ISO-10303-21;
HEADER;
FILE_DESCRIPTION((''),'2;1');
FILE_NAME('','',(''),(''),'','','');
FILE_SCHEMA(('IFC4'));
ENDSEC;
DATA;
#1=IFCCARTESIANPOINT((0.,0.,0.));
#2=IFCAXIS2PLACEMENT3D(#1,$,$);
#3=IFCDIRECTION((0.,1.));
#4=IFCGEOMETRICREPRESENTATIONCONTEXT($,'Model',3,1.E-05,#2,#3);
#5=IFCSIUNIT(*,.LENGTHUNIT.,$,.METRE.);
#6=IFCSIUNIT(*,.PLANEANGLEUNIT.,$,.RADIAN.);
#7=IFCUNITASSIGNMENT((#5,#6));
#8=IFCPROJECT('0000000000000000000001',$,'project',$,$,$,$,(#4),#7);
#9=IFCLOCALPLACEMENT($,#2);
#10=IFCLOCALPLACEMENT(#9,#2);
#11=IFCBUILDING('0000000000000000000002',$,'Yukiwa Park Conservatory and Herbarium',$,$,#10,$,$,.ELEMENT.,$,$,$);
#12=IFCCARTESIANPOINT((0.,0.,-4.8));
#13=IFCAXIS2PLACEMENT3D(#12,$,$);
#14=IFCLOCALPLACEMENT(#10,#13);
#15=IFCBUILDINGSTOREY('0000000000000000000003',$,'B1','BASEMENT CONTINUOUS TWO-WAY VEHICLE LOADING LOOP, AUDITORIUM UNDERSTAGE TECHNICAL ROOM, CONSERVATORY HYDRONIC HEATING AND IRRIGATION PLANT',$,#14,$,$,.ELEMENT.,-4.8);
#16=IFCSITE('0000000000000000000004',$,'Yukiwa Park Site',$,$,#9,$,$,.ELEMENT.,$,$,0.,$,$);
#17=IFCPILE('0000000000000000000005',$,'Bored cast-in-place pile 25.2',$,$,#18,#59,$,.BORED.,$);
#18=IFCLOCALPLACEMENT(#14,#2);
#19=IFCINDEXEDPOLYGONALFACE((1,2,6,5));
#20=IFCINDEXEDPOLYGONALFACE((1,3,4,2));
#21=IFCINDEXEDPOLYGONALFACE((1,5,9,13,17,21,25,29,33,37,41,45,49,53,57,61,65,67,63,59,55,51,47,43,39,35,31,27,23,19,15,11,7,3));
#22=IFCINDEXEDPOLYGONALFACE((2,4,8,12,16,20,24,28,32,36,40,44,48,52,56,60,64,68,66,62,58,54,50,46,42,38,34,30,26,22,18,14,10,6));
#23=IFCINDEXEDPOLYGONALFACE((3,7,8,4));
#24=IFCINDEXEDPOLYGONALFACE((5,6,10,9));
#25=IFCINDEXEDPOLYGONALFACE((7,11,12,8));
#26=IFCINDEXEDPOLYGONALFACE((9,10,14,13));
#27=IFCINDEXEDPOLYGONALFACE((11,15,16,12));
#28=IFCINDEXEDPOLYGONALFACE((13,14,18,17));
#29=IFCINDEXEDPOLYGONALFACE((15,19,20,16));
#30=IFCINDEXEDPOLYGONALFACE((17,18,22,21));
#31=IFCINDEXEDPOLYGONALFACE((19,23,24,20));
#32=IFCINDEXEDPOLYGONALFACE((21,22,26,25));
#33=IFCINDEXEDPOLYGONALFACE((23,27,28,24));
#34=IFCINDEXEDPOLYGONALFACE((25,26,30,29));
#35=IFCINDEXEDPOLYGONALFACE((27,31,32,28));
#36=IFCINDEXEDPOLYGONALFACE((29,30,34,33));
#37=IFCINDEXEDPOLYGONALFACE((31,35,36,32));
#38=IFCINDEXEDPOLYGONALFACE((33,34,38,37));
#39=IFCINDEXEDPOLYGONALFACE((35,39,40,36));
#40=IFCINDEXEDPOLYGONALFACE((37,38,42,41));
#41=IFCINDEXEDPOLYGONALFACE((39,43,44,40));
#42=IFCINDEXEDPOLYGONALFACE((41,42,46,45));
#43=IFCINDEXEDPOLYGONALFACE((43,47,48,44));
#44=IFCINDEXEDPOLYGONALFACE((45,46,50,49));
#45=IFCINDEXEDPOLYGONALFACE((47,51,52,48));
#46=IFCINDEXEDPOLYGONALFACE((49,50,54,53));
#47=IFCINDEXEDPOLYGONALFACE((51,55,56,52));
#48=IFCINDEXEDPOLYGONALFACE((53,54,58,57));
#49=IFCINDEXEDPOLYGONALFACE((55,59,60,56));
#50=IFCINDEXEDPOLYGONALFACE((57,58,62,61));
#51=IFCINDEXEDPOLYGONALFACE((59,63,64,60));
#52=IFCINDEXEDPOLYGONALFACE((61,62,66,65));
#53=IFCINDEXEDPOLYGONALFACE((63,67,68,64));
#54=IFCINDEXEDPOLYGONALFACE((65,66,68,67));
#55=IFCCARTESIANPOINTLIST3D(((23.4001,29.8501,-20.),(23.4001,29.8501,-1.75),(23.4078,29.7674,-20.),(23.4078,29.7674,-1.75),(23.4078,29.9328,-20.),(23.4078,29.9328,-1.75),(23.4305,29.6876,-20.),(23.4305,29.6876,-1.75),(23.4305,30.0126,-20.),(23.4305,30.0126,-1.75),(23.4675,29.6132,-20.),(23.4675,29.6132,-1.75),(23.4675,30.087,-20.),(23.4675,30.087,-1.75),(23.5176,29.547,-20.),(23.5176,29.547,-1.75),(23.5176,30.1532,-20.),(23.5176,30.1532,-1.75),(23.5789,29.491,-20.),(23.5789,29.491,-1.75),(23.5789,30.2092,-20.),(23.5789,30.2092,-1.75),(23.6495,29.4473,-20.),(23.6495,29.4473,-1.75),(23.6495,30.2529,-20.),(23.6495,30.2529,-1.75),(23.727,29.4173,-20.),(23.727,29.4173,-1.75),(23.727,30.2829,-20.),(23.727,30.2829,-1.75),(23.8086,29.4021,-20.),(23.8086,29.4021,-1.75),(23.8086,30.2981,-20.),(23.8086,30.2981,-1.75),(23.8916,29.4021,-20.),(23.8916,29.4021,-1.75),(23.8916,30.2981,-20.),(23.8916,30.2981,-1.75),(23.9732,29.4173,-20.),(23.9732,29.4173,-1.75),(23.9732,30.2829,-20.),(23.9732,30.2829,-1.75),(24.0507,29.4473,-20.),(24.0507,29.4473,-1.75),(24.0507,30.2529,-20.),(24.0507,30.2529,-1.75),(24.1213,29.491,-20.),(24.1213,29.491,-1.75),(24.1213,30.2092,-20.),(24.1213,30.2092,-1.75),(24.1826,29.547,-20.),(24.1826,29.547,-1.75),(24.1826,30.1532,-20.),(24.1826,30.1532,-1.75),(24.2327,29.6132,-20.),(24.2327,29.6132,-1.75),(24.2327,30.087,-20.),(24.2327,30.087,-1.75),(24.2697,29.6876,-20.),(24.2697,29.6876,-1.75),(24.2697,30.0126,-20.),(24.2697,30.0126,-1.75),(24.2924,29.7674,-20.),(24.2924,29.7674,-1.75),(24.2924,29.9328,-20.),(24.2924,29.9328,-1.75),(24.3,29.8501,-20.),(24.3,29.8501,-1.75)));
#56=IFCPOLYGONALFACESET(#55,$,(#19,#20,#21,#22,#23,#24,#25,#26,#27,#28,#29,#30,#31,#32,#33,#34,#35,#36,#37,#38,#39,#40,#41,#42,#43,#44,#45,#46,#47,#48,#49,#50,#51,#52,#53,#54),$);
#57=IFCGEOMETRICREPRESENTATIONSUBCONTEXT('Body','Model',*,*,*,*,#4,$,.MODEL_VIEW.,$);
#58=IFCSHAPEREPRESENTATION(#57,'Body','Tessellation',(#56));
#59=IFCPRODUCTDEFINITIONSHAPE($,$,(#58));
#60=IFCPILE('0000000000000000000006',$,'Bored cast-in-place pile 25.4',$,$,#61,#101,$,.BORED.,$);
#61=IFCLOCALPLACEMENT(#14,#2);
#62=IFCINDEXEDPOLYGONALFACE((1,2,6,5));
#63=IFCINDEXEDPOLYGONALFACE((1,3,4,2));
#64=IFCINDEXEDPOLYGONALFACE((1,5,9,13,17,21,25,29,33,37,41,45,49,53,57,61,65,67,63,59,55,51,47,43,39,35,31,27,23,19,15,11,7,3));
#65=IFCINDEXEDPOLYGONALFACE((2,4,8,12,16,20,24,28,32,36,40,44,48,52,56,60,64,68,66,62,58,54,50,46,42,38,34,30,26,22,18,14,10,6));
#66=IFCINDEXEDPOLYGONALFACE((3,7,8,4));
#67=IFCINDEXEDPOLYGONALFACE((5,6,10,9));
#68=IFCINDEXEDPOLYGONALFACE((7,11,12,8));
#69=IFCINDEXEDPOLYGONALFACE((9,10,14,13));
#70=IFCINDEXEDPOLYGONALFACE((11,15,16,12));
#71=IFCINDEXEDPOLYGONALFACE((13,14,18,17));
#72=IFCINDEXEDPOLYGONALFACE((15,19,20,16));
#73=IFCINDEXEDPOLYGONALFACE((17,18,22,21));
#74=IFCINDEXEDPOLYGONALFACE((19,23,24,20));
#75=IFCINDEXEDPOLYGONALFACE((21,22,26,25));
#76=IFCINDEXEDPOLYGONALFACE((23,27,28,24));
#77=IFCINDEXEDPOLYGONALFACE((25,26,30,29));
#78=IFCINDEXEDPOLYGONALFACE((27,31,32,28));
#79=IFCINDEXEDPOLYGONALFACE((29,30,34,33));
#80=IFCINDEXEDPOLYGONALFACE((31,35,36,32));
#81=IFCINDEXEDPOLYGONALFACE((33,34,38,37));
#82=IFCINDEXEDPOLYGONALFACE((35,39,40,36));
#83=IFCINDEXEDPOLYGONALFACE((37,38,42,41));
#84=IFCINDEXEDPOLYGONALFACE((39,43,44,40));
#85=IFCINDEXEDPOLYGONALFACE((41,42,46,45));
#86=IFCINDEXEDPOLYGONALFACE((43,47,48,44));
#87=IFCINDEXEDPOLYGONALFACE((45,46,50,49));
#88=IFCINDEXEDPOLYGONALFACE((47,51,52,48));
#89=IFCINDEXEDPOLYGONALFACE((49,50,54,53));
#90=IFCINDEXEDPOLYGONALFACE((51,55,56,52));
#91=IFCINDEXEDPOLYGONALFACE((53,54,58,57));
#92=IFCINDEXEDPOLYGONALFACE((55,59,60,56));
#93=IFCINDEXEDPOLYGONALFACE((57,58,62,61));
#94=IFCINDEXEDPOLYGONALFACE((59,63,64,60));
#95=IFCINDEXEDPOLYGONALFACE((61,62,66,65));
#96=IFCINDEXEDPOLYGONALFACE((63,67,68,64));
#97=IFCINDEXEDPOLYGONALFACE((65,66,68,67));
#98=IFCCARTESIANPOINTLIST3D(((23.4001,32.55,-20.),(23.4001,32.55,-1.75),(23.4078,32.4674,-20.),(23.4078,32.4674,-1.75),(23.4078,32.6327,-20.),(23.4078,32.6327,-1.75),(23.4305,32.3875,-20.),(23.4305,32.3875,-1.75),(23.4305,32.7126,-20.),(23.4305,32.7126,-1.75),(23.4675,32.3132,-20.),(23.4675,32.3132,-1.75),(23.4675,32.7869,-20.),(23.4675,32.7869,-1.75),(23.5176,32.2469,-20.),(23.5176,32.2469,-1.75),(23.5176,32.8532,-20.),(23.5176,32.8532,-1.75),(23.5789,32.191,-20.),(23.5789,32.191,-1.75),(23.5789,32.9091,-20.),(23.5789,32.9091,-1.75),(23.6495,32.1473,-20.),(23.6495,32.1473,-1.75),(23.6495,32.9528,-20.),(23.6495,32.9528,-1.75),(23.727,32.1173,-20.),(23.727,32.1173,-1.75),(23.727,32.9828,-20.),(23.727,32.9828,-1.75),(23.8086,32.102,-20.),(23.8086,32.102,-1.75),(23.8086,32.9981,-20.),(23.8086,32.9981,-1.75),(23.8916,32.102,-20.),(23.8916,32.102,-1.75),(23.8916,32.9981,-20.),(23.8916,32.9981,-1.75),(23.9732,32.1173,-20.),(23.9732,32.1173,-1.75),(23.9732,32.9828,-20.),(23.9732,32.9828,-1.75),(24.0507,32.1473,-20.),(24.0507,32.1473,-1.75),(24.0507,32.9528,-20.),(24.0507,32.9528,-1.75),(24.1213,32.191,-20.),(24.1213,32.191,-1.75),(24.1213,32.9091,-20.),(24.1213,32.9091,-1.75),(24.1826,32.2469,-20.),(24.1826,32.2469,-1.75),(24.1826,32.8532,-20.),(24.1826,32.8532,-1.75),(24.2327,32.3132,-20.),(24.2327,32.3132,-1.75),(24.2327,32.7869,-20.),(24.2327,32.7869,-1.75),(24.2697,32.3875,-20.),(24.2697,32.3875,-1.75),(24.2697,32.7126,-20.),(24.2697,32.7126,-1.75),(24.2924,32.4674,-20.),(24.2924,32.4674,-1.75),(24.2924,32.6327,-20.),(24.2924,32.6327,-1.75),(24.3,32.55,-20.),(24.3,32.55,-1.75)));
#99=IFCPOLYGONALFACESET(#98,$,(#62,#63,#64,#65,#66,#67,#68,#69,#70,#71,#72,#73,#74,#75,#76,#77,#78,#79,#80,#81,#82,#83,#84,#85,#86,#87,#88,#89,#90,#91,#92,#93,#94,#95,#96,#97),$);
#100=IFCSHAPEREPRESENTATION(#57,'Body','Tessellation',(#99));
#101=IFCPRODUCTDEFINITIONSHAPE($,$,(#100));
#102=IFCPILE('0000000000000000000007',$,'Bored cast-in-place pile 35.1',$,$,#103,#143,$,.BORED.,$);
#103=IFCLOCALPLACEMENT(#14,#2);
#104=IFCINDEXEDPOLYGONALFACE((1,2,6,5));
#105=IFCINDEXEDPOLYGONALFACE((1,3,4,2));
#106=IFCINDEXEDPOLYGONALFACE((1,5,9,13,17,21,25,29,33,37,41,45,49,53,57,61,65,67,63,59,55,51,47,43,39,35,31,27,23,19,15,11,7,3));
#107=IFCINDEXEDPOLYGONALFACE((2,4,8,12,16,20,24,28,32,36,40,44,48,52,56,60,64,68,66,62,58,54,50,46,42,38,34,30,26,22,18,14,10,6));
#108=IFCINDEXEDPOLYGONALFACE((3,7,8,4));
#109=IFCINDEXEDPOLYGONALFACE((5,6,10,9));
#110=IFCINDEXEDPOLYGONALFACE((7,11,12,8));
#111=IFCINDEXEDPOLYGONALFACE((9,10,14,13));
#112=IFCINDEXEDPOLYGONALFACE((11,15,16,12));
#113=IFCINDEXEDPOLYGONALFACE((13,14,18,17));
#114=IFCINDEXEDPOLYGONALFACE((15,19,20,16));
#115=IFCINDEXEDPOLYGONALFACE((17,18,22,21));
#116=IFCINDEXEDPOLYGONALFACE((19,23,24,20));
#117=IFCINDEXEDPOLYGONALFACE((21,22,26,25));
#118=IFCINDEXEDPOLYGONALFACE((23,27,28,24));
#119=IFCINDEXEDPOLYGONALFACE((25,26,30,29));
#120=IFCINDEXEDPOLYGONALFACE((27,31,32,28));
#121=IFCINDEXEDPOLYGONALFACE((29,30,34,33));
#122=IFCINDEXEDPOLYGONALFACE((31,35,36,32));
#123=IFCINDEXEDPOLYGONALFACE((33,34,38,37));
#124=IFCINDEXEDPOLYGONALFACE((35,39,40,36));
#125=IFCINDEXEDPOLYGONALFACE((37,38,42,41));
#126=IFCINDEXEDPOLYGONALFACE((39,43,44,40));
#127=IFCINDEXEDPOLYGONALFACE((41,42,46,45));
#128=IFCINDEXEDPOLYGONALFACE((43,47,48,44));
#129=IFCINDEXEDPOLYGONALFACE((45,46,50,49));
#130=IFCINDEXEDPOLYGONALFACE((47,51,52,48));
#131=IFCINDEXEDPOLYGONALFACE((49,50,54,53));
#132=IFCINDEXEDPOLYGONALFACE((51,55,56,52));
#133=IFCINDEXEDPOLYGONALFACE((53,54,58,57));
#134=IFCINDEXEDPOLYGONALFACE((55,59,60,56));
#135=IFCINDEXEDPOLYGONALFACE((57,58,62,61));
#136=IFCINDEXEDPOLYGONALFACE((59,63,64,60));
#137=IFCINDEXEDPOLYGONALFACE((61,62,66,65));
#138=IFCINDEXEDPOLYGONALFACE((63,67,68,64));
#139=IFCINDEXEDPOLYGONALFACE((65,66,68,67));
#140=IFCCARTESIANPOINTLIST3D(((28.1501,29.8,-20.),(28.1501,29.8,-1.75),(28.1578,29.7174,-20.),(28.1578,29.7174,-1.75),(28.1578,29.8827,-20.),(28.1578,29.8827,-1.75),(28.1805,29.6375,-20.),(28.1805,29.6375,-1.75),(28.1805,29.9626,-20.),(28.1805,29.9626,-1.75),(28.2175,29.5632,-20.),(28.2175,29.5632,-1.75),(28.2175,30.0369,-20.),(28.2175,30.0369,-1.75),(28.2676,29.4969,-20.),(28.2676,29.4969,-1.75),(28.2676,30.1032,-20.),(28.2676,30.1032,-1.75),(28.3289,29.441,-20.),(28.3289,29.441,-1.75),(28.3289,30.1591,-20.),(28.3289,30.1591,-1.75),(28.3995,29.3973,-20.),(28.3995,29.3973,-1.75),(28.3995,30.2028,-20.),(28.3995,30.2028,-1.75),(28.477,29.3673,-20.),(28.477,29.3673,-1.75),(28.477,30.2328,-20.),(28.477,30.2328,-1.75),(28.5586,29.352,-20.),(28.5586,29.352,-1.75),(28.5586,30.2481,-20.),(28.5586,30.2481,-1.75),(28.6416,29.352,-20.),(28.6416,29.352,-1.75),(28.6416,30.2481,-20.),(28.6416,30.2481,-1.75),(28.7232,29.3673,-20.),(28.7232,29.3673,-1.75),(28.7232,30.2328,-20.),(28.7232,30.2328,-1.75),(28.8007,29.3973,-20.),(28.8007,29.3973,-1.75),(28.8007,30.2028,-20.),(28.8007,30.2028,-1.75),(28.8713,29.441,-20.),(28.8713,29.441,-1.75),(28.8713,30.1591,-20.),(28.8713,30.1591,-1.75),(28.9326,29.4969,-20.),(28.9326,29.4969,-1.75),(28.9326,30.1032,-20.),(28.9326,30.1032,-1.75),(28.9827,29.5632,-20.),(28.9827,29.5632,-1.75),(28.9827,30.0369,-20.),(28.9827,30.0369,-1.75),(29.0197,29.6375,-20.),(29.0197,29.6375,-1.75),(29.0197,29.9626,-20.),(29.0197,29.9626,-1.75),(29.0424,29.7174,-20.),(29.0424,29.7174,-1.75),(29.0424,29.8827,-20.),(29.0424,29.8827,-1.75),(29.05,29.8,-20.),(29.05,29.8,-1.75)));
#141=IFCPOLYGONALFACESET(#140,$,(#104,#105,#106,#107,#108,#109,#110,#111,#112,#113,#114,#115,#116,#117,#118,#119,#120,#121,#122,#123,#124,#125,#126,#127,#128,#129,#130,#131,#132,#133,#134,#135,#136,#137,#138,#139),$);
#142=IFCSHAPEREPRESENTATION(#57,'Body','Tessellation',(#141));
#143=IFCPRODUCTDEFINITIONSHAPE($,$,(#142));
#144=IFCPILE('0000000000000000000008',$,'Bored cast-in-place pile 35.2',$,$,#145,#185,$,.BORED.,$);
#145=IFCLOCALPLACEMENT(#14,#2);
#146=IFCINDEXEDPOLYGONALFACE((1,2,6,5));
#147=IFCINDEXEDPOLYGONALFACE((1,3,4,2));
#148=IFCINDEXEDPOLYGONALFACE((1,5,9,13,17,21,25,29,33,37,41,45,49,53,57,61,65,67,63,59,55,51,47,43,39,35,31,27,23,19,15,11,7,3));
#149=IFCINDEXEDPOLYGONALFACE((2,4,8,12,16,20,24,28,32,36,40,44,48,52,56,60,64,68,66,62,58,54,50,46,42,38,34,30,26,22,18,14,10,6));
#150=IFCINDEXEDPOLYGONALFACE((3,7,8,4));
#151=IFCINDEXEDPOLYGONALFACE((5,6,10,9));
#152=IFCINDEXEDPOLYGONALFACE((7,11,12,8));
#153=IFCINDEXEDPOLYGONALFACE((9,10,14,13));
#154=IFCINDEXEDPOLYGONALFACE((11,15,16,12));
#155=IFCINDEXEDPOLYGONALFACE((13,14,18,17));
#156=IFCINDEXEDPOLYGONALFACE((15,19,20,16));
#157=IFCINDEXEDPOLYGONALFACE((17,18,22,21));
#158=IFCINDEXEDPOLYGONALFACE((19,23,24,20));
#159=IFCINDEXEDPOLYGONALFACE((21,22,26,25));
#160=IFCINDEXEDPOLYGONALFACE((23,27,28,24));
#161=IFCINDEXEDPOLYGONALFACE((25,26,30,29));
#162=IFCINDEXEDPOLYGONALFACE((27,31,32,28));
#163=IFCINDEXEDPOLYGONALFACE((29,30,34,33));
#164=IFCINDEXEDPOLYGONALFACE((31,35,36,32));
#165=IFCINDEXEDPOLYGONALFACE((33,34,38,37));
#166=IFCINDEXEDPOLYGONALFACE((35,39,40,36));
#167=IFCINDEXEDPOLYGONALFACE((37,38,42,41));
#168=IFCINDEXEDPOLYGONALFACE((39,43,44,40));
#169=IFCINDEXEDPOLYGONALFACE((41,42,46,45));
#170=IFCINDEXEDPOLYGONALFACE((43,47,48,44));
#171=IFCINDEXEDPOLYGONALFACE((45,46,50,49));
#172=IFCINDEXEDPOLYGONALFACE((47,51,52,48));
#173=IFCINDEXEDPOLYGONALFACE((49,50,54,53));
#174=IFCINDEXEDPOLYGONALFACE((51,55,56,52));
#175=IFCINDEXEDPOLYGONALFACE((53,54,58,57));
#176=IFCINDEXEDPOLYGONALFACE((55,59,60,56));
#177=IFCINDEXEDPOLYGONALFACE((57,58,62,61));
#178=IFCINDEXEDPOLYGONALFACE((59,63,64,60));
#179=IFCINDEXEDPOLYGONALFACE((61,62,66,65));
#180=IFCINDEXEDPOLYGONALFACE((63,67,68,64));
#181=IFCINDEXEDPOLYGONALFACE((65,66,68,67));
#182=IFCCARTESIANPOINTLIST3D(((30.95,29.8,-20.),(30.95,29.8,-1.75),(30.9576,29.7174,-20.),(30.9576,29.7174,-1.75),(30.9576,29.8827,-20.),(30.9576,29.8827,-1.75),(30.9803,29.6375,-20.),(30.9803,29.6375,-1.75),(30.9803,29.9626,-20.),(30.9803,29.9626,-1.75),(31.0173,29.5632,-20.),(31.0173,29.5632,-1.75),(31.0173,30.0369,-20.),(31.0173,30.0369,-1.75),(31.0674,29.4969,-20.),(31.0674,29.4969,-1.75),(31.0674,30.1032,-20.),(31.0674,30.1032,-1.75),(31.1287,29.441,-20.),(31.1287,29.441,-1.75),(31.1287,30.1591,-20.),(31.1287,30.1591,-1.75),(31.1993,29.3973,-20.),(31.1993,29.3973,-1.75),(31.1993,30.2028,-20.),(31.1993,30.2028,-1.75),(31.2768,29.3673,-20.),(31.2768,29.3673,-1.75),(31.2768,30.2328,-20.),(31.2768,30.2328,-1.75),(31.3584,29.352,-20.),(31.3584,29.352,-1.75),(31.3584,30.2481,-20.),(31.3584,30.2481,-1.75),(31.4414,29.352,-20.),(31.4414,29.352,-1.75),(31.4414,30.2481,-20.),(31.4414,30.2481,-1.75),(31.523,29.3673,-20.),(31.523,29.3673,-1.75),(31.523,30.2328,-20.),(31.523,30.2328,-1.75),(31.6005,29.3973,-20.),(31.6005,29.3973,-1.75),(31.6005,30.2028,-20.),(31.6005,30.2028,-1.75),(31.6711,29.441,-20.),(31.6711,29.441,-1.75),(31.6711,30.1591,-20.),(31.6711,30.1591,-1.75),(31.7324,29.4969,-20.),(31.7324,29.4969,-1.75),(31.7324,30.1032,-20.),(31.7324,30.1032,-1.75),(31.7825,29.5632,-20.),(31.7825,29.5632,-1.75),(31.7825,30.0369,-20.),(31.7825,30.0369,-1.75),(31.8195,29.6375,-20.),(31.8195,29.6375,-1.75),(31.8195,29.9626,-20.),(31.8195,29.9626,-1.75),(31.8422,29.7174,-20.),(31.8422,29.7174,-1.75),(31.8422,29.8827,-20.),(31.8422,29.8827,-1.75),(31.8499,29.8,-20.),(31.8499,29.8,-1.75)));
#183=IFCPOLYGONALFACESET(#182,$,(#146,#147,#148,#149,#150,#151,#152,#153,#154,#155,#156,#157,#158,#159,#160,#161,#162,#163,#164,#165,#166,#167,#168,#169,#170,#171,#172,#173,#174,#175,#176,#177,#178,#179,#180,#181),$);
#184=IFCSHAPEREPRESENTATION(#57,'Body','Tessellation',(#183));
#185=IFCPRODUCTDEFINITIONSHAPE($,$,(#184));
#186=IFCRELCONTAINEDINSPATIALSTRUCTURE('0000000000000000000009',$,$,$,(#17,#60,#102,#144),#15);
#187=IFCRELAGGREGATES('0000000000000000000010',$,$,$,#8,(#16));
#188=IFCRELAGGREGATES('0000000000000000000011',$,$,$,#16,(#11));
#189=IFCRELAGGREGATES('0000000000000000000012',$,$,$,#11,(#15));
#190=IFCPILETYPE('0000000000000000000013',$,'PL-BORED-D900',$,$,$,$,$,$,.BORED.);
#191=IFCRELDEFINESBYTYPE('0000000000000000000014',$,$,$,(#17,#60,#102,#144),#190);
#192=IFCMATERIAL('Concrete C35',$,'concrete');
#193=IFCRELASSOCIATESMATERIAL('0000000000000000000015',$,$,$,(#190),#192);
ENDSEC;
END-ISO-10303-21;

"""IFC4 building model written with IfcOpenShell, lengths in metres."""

from ifc_helpers import new_model, si_unit, direction, frame, origin, origin_2d, place, context, subcontext, project, spatial, circle, extrude, material, material_profile, profile_set, type_object, element, save


model = new_model("IFC4")

# Units and contexts
model_context = context("Model", 3, precision=1e-05, world=origin(), true_north=direction((0.0, 1.0)))
body_context = subcontext(model_context, "Body", "Model", "MODEL_VIEW")
ifc_project = project(units=[si_unit("LENGTHUNIT", "METRE"), si_unit("PLANEANGLEUNIT", "RADIAN")], contexts=[model_context])

# Site, building, storey
site_placement = place(None, origin())
site = spatial("IfcSite", under=ifc_project, at=site_placement, Name="Yukiwa Park Site", CompositionType="ELEMENT", RefElevation=0.0)
building_placement = place(site_placement, origin())
building = spatial("IfcBuilding", under=site, at=building_placement, Name="Yukiwa Park Conservatory and Herbarium", CompositionType="ELEMENT")
storey_placement = place(building_placement, frame((0.0, 0.0, -4.8)))
storey = spatial("IfcBuildingStorey", under=building, at=storey_placement, Name="B1", Description="BASEMENT CONTINUOUS TWO-WAY VEHICLE LOADING LOOP, AUDITORIUM UNDERSTAGE TECHNICAL ROOM, CONSERVATORY HYDRONIC HEATING AND IRRIGATION PLANT", CompositionType="ELEMENT", Elevation=-4.8)

# Piles
ifc_material_1 = material(Name="Concrete C35", Category="concrete")
ifc_material_profile_1 = material_profile(ifc_material_1, circle(Radius=0.45, at=origin_2d()), Name="PILE D900")
ifc_profile_set_1 = profile_set([ifc_material_profile_1], Name="Concrete C35")
pile_type_1 = type_object("IfcPileType", Name="PL-BORED-D900", PredefinedType="BORED", material=ifc_profile_set_1)
for number, where, z_axis, x_axis, name in (
    (1, (23.8501, 29.8501, -1.75), (0.0, 0.0, -1.0), (1.0, 0.0, 0.0), "Bored cast-in-place pile 25.2"),
    (2, (23.8501, 32.55, -1.75), (0.0, 0.0, -1.0), (1.0, 0.0, 0.0), "Bored cast-in-place pile 25.4"),
    (3, (28.6001, 29.8, -1.75), (0.0, 0.0, -1.0), (1.0, 0.0, 0.0), "Bored cast-in-place pile 35.1"),
    (4, (31.3999, 29.8, -1.75), (0.0, 0.0, -1.0), (1.0, 0.0, 0.0), "Bored cast-in-place pile 35.2"),
):
    element("IfcPile", number, at=place(storey_placement, frame(where, z_axis=z_axis, x_axis=x_axis)), inside=storey, type_object=pile_type_1, Name=name, PredefinedType="BORED", context=body_context, shape_type="SweptSolid", body=[
        extrude(circle(Radius=0.45, at=origin_2d()), origin(), (0.0, 0.0, 1.0), 18.25),
    ])

save(model, "model.ifc")
